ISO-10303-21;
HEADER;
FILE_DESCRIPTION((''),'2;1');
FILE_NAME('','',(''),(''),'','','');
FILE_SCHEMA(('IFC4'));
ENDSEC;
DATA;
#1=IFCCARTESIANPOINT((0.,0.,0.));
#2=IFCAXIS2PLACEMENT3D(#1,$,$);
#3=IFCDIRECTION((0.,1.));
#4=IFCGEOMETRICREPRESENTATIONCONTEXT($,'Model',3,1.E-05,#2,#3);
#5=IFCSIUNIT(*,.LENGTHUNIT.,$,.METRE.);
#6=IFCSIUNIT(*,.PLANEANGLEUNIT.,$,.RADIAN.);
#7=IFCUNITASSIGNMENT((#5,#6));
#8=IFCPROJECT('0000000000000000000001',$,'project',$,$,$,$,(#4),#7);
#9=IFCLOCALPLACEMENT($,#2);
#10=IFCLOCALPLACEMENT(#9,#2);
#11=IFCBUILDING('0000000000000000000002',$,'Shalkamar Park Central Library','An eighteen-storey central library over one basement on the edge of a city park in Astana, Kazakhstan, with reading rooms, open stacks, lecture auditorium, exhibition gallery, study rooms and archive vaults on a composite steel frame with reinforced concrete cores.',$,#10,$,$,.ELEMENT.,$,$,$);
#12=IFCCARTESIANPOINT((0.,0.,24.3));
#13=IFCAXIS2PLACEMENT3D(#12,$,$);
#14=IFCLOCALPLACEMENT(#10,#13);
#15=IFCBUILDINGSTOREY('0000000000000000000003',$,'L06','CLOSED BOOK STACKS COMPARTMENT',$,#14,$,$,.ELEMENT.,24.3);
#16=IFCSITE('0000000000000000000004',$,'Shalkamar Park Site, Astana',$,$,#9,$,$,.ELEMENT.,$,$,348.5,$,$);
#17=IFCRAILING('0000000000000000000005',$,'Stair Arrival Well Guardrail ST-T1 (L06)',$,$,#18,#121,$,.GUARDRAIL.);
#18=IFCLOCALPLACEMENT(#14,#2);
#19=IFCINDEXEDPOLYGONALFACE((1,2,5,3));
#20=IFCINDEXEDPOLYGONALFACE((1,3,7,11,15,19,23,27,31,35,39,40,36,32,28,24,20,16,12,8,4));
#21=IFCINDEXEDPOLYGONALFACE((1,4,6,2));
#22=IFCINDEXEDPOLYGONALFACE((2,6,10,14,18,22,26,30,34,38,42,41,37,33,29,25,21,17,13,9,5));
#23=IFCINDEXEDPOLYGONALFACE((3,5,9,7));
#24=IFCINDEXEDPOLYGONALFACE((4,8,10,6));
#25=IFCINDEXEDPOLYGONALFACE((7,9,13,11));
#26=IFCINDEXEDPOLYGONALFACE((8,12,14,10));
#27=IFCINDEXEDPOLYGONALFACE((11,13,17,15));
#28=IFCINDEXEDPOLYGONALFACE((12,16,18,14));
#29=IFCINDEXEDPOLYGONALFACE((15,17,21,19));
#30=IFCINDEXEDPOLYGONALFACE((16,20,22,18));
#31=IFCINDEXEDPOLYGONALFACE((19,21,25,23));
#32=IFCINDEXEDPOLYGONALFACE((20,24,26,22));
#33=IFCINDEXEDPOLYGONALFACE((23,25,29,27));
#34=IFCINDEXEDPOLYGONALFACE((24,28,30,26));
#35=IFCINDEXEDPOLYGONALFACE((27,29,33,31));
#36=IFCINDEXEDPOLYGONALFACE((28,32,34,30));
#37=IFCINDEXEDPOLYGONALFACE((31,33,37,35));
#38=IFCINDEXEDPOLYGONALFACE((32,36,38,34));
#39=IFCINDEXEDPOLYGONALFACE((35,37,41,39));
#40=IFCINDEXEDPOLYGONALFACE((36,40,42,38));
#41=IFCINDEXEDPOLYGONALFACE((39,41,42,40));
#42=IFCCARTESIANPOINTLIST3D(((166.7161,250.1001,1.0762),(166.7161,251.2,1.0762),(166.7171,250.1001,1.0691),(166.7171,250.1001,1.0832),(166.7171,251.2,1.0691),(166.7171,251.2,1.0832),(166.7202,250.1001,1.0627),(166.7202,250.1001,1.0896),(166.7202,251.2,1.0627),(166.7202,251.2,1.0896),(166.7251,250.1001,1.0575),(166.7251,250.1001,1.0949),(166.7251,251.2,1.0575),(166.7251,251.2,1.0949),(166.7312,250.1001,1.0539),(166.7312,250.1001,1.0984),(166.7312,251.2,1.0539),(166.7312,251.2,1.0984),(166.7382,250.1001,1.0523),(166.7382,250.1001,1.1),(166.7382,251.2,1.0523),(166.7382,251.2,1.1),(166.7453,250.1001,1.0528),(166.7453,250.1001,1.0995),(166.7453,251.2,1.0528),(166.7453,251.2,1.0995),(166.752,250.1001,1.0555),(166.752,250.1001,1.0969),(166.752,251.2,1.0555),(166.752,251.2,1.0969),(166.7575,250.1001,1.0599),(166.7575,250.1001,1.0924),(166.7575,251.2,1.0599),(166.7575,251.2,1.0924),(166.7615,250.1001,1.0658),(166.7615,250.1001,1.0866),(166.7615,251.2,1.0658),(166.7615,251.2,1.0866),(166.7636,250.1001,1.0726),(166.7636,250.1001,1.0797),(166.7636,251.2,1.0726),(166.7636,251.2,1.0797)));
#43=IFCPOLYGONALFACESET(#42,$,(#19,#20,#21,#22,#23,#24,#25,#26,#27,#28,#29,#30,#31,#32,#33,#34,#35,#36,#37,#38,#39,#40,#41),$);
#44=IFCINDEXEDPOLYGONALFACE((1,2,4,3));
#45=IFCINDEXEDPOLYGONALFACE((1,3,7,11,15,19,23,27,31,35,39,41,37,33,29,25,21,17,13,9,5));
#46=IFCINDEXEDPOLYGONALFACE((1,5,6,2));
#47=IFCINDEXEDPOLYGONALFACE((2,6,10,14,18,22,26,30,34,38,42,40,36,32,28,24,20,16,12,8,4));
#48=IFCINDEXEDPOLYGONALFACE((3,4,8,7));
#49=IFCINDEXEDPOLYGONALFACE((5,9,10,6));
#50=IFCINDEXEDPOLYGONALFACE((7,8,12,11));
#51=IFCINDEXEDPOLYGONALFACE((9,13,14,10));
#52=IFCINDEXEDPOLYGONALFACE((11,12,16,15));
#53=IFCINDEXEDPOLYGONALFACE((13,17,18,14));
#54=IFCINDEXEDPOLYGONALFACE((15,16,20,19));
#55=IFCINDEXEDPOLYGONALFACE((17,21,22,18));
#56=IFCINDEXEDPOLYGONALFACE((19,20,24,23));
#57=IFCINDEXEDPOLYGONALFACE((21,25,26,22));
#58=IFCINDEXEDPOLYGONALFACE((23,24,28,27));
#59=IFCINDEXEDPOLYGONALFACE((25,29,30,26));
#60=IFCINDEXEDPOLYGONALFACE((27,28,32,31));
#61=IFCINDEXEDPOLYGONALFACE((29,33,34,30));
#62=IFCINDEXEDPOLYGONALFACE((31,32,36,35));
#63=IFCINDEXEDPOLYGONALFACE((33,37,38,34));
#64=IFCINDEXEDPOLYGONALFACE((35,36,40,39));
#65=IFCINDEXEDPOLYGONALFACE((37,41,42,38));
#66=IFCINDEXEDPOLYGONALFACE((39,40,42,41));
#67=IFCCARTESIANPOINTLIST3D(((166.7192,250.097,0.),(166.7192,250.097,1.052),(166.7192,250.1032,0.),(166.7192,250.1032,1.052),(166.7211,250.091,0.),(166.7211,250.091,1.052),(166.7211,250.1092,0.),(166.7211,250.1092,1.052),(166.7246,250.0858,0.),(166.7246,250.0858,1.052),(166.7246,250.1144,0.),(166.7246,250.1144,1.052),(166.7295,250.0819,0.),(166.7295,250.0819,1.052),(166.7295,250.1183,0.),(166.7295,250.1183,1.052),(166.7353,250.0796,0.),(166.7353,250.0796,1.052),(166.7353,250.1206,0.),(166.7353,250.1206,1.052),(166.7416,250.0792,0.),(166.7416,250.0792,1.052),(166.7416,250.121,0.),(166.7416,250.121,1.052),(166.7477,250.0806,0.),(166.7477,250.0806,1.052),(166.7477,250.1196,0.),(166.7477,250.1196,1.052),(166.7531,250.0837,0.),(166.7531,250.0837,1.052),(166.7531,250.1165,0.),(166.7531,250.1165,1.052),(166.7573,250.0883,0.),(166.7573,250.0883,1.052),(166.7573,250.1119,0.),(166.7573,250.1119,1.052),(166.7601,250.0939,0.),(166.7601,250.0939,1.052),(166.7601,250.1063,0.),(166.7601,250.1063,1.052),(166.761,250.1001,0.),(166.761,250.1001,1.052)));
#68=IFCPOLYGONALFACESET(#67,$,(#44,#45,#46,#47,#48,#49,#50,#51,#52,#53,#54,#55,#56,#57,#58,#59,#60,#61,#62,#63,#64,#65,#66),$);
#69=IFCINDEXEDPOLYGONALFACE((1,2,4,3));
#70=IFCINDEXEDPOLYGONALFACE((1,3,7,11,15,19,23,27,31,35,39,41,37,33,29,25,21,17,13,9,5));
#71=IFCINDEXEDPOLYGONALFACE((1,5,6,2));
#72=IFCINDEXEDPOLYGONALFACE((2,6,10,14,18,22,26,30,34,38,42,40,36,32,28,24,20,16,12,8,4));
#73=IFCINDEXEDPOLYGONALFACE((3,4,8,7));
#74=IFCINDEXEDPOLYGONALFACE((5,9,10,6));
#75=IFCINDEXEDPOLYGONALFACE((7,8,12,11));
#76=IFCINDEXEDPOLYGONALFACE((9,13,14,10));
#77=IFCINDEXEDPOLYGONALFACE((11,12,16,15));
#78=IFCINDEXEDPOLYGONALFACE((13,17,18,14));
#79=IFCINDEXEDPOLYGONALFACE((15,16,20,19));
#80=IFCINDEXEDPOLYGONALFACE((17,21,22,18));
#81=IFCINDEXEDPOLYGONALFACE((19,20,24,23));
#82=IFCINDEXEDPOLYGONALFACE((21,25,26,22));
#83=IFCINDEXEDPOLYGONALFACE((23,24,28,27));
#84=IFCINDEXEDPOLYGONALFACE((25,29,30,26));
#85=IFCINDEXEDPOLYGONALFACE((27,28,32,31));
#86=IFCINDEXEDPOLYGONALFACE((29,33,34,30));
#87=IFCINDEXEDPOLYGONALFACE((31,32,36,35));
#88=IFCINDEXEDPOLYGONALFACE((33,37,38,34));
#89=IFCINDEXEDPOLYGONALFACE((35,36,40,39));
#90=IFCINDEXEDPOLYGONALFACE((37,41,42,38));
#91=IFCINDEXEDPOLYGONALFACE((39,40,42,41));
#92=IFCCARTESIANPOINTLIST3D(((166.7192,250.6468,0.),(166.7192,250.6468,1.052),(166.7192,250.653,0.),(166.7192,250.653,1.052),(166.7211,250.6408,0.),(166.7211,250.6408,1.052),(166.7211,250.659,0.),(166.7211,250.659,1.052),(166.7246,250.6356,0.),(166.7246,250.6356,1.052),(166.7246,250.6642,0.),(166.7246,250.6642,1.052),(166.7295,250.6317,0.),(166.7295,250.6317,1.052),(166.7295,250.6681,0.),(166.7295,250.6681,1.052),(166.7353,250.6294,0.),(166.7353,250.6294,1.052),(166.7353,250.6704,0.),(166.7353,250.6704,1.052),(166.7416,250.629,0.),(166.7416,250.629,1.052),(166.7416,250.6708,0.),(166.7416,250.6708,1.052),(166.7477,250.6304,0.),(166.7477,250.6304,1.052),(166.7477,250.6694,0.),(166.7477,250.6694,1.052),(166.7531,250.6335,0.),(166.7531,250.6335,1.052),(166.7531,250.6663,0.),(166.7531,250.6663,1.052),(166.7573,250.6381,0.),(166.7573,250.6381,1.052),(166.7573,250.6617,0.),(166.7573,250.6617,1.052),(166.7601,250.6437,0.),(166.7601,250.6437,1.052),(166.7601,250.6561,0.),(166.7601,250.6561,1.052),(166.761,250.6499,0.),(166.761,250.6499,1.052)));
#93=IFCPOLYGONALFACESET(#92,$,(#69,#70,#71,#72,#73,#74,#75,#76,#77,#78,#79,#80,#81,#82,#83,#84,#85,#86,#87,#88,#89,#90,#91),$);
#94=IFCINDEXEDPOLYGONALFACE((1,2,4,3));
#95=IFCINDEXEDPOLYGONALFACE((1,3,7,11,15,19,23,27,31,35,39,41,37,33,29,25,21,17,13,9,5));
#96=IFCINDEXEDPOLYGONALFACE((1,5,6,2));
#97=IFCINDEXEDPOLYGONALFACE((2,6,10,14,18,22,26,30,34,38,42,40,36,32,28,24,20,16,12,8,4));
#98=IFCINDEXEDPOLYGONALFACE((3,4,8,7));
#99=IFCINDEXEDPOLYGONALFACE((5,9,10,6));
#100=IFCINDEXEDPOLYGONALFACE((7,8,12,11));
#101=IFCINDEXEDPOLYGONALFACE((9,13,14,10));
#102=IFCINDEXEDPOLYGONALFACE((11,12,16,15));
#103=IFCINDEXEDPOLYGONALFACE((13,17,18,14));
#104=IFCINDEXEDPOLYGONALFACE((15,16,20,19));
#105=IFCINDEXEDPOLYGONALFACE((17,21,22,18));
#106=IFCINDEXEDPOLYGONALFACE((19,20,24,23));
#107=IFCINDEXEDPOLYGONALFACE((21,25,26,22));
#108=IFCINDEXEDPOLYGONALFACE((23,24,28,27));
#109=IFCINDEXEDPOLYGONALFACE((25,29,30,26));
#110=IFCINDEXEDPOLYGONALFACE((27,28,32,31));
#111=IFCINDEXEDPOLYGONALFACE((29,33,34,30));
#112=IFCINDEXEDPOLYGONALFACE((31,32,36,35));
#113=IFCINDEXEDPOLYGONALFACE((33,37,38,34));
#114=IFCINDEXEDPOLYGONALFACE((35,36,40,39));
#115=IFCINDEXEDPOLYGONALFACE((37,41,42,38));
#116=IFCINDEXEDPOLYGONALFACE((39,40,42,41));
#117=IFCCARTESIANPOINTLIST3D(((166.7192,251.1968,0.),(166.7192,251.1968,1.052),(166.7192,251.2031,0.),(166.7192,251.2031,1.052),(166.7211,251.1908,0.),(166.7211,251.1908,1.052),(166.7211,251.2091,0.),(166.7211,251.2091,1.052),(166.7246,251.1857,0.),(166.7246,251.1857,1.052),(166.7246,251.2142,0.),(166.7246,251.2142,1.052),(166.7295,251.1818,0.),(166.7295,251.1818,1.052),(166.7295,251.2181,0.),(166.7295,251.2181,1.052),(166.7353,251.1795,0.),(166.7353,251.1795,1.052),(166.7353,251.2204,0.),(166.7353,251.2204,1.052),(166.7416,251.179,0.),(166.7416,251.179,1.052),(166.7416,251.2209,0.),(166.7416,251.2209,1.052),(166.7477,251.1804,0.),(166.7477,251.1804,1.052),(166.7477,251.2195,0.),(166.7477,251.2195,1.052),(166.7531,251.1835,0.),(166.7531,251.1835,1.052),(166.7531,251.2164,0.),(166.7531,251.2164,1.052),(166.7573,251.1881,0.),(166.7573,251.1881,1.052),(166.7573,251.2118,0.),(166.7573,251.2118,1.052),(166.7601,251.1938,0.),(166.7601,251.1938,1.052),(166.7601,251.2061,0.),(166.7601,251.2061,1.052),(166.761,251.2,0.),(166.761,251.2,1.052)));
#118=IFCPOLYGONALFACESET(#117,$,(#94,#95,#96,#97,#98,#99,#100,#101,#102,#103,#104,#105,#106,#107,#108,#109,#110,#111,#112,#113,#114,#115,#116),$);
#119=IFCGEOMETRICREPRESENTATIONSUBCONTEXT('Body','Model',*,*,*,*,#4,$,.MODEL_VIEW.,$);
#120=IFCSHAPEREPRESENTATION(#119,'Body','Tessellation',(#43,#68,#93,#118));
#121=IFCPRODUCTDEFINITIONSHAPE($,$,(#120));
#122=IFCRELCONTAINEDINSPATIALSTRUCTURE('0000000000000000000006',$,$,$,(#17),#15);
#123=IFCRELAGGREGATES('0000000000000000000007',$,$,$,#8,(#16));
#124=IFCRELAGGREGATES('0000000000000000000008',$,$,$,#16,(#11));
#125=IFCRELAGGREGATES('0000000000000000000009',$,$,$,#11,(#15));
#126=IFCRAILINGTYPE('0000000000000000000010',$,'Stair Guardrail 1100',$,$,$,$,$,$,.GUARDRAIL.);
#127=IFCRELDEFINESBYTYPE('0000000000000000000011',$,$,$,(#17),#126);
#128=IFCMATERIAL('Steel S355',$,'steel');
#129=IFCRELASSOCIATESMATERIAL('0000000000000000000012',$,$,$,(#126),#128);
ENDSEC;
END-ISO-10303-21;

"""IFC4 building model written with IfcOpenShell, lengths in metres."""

from ifc_helpers import new_model, si_unit, direction, frame, origin, origin_2d, place, context, subcontext, project, spatial, circle, extrude, material, type_object, element, save


model = new_model("IFC4")

# Units and contexts
model_context = context("Model", 3, precision=1e-05, world=origin(), true_north=direction((0.0, 1.0)))
body_context = subcontext(model_context, "Body", "Model", "MODEL_VIEW")
ifc_project = project(units=[si_unit("LENGTHUNIT", "METRE"), si_unit("PLANEANGLEUNIT", "RADIAN")], contexts=[model_context])

# Site, building, storey
site_placement = place(None, origin())
site = spatial("IfcSite", under=ifc_project, at=site_placement, Name="Shalkamar Park Site, Astana", CompositionType="ELEMENT", RefElevation=348.5)
building_placement = place(site_placement, origin())
building = spatial("IfcBuilding", under=site, at=building_placement, Name="Shalkamar Park Central Library", Description="An eighteen-storey central library over one basement on the edge of a city park in Astana, Kazakhstan, with reading rooms, open stacks, lecture auditorium, exhibition gallery, study rooms and archive vaults on a composite steel frame with reinforced concrete cores.", CompositionType="ELEMENT")
storey_placement = place(building_placement, frame((0.0, 0.0, 24.3)))
storey = spatial("IfcBuildingStorey", under=building, at=storey_placement, Name="L06", Description="CLOSED BOOK STACKS COMPARTMENT", CompositionType="ELEMENT", Elevation=24.3)

# Shared definitions
ifc_material_1 = material(Name="Steel S355", Category="steel")

# Railing
railing_type_1 = type_object("IfcRailingType", Name="Stair Guardrail 1100", PredefinedType="GUARDRAIL", material=ifc_material_1)
railing_1_placement = place(storey_placement, frame((166.74, 250.1001, 0.0)))
element("IfcRailing", 1, at=railing_1_placement, inside=storey, type_object=railing_type_1, Name="Stair Arrival Well Guardrail ST-T1 (L06)", PredefinedType="GUARDRAIL", context=body_context, shape_type="SweptSolid", body=[
    extrude(circle(Radius=0.0239, at=origin_2d()), frame((0.0, 0.0, 1.0762), z_axis=(0.0, 1.0, 0.0), x_axis=(-1.0, 0.0, 0.0)), (0.0, 0.0, 1.0), 1.0999),
    extrude(circle(Radius=0.021, at=origin_2d()), origin(), (0.0, 0.0, 1.0), 1.052),
    extrude(circle(Radius=0.021, at=origin_2d()), frame((0.0, 0.5498, 0.0)), (0.0, 0.0, 1.0), 1.052),
    extrude(circle(Radius=0.021, at=origin_2d()), frame((0.0, 1.0999, 0.0)), (0.0, 0.0, 1.0), 1.052),
])

save(model, "model.ifc")
